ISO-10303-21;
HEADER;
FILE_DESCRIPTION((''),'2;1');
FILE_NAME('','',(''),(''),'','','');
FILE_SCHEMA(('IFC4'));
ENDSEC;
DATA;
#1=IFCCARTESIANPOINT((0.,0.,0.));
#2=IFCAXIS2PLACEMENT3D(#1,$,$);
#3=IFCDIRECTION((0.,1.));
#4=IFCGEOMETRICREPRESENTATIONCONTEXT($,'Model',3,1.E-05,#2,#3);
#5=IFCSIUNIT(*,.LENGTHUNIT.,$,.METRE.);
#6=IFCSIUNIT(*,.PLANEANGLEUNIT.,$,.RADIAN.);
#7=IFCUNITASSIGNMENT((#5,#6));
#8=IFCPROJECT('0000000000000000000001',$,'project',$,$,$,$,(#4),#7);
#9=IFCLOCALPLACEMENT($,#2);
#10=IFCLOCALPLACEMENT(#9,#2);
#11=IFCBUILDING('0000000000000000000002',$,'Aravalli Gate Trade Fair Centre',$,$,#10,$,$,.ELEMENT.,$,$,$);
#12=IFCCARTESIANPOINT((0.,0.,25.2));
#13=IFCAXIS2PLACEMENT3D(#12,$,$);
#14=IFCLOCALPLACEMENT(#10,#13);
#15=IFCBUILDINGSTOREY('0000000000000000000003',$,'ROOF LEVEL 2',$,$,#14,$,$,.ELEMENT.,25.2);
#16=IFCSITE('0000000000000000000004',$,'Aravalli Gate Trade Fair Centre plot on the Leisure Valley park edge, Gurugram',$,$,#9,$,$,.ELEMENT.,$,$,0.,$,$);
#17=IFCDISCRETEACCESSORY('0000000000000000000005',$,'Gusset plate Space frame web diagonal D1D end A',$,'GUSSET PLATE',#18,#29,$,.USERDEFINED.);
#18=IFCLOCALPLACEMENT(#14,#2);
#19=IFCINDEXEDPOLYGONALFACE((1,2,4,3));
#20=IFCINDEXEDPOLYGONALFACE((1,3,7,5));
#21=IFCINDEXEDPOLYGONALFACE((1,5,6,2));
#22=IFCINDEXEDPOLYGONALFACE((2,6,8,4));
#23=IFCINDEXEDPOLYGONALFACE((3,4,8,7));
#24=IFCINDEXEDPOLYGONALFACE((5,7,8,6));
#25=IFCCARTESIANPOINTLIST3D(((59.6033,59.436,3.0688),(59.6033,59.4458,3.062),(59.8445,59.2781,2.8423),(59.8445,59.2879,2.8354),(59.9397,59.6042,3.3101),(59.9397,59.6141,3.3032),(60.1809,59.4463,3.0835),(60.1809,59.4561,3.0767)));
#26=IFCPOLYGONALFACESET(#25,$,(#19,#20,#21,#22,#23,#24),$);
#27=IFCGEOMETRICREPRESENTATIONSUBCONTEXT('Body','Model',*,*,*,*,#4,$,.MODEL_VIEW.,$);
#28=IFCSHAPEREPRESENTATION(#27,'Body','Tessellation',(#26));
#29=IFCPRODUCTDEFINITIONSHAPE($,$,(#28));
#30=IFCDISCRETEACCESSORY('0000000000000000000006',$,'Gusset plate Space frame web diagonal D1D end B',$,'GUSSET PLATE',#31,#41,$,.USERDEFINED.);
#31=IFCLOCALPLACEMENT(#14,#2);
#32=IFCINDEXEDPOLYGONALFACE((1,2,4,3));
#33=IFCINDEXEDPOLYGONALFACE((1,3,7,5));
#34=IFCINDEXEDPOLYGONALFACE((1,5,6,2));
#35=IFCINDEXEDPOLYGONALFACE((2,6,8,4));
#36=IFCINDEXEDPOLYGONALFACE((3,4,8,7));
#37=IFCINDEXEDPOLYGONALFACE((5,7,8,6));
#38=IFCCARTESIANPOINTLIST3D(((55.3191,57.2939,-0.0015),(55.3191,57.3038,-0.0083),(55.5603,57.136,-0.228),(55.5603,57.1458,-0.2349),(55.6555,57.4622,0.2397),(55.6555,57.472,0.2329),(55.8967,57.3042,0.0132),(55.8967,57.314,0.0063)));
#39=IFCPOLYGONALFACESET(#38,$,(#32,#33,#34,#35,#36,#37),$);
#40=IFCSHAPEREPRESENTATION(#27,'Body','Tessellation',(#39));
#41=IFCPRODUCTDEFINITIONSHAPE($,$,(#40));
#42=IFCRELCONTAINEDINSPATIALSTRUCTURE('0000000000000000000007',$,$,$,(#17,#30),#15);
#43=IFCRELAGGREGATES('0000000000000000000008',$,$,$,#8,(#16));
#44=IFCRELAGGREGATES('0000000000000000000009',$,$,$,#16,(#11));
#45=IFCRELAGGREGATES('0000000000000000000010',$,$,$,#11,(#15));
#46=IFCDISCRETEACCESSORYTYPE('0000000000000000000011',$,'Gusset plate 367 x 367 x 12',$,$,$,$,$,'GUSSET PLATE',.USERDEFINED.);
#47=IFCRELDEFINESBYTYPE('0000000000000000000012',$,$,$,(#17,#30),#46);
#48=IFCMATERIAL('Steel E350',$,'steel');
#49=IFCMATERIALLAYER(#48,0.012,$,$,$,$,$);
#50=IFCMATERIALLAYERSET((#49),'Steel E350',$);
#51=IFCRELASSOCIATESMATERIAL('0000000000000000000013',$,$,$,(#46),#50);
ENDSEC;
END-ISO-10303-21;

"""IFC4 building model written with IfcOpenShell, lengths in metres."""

from ifc_helpers import new_model, si_unit, direction, frame, origin, place, context, subcontext, project, spatial, polyline, outline, extrude, material, layer, layer_set, type_object, element, save


model = new_model("IFC4")

# Units and contexts
model_context = context("Model", 3, precision=1e-05, world=origin(), true_north=direction((0.0, 1.0)))
body_context = subcontext(model_context, "Body", "Model", "MODEL_VIEW")
ifc_project = project(units=[si_unit("LENGTHUNIT", "METRE"), si_unit("PLANEANGLEUNIT", "RADIAN")], contexts=[model_context])

# Site, building, storey
site_placement = place(None, origin())
site = spatial("IfcSite", under=ifc_project, at=site_placement, Name="Aravalli Gate Trade Fair Centre plot on the Leisure Valley park edge, Gurugram", CompositionType="ELEMENT", RefElevation=0.0)
building_placement = place(site_placement, origin())
building = spatial("IfcBuilding", under=site, at=building_placement, Name="Aravalli Gate Trade Fair Centre", CompositionType="ELEMENT")
storey_placement = place(building_placement, frame((0.0, 0.0, 25.2)))
storey = spatial("IfcBuildingStorey", under=building, at=storey_placement, Name="ROOF LEVEL 2", CompositionType="ELEMENT", Elevation=25.2)

# Shared definitions
ifc_material = material(Name="Steel E350", Category="steel")

# Discrete accessories
ifc_layer = layer(ifc_material, 0.012)
ifc_layer_set = layer_set([ifc_layer], Name="Steel E350")
discrete_accessory_type = type_object("IfcDiscreteAccessoryType", Name="Gusset plate 367 x 367 x 12", ElementType="GUSSET PLATE", PredefinedType="USERDEFINED", material=ifc_layer_set)
discrete_accessory_1_placement = place(storey_placement, frame((59.6033, 59.436, 3.0688), z_axis=(0.000057, -0.820282, 0.57196), x_axis=(0.75291, 0.376455, 0.539822)))
element("IfcDiscreteAccessory", 1, at=discrete_accessory_1_placement, inside=storey, type_object=discrete_accessory_type, Name="Gusset plate Space frame web diagonal D1D end A", ObjectType="GUSSET PLATE", PredefinedType="USERDEFINED", context=body_context, shape_type="SweptSolid", body=[
    extrude(outline(polyline([(0.0, 0.0), (0.4468, 0.0), (0.4467, -0.3667), (-0.0002, -0.3667), (0.0, 0.0)])), origin(), (0.0, 0.0, -1.0), 0.012),
])
discrete_accessory_2_placement = place(storey_placement, frame((55.6555, 57.4622, 0.2397), z_axis=(0.000057, -0.820282, 0.57196), x_axis=(-0.75291, -0.376455, -0.539822)))
element("IfcDiscreteAccessory", 2, at=discrete_accessory_2_placement, inside=storey, type_object=discrete_accessory_type, Name="Gusset plate Space frame web diagonal D1D end B", ObjectType="GUSSET PLATE", PredefinedType="USERDEFINED", context=body_context, shape_type="SweptSolid", body=[
    extrude(outline(polyline([(0.0, 0.0), (0.4468, 0.0), (0.447, 0.3667), (0.0002, 0.3667), (0.0, 0.0)])), origin(), (0.0, 0.0, -1.0), 0.012),
])

save(model, "model.ifc")
